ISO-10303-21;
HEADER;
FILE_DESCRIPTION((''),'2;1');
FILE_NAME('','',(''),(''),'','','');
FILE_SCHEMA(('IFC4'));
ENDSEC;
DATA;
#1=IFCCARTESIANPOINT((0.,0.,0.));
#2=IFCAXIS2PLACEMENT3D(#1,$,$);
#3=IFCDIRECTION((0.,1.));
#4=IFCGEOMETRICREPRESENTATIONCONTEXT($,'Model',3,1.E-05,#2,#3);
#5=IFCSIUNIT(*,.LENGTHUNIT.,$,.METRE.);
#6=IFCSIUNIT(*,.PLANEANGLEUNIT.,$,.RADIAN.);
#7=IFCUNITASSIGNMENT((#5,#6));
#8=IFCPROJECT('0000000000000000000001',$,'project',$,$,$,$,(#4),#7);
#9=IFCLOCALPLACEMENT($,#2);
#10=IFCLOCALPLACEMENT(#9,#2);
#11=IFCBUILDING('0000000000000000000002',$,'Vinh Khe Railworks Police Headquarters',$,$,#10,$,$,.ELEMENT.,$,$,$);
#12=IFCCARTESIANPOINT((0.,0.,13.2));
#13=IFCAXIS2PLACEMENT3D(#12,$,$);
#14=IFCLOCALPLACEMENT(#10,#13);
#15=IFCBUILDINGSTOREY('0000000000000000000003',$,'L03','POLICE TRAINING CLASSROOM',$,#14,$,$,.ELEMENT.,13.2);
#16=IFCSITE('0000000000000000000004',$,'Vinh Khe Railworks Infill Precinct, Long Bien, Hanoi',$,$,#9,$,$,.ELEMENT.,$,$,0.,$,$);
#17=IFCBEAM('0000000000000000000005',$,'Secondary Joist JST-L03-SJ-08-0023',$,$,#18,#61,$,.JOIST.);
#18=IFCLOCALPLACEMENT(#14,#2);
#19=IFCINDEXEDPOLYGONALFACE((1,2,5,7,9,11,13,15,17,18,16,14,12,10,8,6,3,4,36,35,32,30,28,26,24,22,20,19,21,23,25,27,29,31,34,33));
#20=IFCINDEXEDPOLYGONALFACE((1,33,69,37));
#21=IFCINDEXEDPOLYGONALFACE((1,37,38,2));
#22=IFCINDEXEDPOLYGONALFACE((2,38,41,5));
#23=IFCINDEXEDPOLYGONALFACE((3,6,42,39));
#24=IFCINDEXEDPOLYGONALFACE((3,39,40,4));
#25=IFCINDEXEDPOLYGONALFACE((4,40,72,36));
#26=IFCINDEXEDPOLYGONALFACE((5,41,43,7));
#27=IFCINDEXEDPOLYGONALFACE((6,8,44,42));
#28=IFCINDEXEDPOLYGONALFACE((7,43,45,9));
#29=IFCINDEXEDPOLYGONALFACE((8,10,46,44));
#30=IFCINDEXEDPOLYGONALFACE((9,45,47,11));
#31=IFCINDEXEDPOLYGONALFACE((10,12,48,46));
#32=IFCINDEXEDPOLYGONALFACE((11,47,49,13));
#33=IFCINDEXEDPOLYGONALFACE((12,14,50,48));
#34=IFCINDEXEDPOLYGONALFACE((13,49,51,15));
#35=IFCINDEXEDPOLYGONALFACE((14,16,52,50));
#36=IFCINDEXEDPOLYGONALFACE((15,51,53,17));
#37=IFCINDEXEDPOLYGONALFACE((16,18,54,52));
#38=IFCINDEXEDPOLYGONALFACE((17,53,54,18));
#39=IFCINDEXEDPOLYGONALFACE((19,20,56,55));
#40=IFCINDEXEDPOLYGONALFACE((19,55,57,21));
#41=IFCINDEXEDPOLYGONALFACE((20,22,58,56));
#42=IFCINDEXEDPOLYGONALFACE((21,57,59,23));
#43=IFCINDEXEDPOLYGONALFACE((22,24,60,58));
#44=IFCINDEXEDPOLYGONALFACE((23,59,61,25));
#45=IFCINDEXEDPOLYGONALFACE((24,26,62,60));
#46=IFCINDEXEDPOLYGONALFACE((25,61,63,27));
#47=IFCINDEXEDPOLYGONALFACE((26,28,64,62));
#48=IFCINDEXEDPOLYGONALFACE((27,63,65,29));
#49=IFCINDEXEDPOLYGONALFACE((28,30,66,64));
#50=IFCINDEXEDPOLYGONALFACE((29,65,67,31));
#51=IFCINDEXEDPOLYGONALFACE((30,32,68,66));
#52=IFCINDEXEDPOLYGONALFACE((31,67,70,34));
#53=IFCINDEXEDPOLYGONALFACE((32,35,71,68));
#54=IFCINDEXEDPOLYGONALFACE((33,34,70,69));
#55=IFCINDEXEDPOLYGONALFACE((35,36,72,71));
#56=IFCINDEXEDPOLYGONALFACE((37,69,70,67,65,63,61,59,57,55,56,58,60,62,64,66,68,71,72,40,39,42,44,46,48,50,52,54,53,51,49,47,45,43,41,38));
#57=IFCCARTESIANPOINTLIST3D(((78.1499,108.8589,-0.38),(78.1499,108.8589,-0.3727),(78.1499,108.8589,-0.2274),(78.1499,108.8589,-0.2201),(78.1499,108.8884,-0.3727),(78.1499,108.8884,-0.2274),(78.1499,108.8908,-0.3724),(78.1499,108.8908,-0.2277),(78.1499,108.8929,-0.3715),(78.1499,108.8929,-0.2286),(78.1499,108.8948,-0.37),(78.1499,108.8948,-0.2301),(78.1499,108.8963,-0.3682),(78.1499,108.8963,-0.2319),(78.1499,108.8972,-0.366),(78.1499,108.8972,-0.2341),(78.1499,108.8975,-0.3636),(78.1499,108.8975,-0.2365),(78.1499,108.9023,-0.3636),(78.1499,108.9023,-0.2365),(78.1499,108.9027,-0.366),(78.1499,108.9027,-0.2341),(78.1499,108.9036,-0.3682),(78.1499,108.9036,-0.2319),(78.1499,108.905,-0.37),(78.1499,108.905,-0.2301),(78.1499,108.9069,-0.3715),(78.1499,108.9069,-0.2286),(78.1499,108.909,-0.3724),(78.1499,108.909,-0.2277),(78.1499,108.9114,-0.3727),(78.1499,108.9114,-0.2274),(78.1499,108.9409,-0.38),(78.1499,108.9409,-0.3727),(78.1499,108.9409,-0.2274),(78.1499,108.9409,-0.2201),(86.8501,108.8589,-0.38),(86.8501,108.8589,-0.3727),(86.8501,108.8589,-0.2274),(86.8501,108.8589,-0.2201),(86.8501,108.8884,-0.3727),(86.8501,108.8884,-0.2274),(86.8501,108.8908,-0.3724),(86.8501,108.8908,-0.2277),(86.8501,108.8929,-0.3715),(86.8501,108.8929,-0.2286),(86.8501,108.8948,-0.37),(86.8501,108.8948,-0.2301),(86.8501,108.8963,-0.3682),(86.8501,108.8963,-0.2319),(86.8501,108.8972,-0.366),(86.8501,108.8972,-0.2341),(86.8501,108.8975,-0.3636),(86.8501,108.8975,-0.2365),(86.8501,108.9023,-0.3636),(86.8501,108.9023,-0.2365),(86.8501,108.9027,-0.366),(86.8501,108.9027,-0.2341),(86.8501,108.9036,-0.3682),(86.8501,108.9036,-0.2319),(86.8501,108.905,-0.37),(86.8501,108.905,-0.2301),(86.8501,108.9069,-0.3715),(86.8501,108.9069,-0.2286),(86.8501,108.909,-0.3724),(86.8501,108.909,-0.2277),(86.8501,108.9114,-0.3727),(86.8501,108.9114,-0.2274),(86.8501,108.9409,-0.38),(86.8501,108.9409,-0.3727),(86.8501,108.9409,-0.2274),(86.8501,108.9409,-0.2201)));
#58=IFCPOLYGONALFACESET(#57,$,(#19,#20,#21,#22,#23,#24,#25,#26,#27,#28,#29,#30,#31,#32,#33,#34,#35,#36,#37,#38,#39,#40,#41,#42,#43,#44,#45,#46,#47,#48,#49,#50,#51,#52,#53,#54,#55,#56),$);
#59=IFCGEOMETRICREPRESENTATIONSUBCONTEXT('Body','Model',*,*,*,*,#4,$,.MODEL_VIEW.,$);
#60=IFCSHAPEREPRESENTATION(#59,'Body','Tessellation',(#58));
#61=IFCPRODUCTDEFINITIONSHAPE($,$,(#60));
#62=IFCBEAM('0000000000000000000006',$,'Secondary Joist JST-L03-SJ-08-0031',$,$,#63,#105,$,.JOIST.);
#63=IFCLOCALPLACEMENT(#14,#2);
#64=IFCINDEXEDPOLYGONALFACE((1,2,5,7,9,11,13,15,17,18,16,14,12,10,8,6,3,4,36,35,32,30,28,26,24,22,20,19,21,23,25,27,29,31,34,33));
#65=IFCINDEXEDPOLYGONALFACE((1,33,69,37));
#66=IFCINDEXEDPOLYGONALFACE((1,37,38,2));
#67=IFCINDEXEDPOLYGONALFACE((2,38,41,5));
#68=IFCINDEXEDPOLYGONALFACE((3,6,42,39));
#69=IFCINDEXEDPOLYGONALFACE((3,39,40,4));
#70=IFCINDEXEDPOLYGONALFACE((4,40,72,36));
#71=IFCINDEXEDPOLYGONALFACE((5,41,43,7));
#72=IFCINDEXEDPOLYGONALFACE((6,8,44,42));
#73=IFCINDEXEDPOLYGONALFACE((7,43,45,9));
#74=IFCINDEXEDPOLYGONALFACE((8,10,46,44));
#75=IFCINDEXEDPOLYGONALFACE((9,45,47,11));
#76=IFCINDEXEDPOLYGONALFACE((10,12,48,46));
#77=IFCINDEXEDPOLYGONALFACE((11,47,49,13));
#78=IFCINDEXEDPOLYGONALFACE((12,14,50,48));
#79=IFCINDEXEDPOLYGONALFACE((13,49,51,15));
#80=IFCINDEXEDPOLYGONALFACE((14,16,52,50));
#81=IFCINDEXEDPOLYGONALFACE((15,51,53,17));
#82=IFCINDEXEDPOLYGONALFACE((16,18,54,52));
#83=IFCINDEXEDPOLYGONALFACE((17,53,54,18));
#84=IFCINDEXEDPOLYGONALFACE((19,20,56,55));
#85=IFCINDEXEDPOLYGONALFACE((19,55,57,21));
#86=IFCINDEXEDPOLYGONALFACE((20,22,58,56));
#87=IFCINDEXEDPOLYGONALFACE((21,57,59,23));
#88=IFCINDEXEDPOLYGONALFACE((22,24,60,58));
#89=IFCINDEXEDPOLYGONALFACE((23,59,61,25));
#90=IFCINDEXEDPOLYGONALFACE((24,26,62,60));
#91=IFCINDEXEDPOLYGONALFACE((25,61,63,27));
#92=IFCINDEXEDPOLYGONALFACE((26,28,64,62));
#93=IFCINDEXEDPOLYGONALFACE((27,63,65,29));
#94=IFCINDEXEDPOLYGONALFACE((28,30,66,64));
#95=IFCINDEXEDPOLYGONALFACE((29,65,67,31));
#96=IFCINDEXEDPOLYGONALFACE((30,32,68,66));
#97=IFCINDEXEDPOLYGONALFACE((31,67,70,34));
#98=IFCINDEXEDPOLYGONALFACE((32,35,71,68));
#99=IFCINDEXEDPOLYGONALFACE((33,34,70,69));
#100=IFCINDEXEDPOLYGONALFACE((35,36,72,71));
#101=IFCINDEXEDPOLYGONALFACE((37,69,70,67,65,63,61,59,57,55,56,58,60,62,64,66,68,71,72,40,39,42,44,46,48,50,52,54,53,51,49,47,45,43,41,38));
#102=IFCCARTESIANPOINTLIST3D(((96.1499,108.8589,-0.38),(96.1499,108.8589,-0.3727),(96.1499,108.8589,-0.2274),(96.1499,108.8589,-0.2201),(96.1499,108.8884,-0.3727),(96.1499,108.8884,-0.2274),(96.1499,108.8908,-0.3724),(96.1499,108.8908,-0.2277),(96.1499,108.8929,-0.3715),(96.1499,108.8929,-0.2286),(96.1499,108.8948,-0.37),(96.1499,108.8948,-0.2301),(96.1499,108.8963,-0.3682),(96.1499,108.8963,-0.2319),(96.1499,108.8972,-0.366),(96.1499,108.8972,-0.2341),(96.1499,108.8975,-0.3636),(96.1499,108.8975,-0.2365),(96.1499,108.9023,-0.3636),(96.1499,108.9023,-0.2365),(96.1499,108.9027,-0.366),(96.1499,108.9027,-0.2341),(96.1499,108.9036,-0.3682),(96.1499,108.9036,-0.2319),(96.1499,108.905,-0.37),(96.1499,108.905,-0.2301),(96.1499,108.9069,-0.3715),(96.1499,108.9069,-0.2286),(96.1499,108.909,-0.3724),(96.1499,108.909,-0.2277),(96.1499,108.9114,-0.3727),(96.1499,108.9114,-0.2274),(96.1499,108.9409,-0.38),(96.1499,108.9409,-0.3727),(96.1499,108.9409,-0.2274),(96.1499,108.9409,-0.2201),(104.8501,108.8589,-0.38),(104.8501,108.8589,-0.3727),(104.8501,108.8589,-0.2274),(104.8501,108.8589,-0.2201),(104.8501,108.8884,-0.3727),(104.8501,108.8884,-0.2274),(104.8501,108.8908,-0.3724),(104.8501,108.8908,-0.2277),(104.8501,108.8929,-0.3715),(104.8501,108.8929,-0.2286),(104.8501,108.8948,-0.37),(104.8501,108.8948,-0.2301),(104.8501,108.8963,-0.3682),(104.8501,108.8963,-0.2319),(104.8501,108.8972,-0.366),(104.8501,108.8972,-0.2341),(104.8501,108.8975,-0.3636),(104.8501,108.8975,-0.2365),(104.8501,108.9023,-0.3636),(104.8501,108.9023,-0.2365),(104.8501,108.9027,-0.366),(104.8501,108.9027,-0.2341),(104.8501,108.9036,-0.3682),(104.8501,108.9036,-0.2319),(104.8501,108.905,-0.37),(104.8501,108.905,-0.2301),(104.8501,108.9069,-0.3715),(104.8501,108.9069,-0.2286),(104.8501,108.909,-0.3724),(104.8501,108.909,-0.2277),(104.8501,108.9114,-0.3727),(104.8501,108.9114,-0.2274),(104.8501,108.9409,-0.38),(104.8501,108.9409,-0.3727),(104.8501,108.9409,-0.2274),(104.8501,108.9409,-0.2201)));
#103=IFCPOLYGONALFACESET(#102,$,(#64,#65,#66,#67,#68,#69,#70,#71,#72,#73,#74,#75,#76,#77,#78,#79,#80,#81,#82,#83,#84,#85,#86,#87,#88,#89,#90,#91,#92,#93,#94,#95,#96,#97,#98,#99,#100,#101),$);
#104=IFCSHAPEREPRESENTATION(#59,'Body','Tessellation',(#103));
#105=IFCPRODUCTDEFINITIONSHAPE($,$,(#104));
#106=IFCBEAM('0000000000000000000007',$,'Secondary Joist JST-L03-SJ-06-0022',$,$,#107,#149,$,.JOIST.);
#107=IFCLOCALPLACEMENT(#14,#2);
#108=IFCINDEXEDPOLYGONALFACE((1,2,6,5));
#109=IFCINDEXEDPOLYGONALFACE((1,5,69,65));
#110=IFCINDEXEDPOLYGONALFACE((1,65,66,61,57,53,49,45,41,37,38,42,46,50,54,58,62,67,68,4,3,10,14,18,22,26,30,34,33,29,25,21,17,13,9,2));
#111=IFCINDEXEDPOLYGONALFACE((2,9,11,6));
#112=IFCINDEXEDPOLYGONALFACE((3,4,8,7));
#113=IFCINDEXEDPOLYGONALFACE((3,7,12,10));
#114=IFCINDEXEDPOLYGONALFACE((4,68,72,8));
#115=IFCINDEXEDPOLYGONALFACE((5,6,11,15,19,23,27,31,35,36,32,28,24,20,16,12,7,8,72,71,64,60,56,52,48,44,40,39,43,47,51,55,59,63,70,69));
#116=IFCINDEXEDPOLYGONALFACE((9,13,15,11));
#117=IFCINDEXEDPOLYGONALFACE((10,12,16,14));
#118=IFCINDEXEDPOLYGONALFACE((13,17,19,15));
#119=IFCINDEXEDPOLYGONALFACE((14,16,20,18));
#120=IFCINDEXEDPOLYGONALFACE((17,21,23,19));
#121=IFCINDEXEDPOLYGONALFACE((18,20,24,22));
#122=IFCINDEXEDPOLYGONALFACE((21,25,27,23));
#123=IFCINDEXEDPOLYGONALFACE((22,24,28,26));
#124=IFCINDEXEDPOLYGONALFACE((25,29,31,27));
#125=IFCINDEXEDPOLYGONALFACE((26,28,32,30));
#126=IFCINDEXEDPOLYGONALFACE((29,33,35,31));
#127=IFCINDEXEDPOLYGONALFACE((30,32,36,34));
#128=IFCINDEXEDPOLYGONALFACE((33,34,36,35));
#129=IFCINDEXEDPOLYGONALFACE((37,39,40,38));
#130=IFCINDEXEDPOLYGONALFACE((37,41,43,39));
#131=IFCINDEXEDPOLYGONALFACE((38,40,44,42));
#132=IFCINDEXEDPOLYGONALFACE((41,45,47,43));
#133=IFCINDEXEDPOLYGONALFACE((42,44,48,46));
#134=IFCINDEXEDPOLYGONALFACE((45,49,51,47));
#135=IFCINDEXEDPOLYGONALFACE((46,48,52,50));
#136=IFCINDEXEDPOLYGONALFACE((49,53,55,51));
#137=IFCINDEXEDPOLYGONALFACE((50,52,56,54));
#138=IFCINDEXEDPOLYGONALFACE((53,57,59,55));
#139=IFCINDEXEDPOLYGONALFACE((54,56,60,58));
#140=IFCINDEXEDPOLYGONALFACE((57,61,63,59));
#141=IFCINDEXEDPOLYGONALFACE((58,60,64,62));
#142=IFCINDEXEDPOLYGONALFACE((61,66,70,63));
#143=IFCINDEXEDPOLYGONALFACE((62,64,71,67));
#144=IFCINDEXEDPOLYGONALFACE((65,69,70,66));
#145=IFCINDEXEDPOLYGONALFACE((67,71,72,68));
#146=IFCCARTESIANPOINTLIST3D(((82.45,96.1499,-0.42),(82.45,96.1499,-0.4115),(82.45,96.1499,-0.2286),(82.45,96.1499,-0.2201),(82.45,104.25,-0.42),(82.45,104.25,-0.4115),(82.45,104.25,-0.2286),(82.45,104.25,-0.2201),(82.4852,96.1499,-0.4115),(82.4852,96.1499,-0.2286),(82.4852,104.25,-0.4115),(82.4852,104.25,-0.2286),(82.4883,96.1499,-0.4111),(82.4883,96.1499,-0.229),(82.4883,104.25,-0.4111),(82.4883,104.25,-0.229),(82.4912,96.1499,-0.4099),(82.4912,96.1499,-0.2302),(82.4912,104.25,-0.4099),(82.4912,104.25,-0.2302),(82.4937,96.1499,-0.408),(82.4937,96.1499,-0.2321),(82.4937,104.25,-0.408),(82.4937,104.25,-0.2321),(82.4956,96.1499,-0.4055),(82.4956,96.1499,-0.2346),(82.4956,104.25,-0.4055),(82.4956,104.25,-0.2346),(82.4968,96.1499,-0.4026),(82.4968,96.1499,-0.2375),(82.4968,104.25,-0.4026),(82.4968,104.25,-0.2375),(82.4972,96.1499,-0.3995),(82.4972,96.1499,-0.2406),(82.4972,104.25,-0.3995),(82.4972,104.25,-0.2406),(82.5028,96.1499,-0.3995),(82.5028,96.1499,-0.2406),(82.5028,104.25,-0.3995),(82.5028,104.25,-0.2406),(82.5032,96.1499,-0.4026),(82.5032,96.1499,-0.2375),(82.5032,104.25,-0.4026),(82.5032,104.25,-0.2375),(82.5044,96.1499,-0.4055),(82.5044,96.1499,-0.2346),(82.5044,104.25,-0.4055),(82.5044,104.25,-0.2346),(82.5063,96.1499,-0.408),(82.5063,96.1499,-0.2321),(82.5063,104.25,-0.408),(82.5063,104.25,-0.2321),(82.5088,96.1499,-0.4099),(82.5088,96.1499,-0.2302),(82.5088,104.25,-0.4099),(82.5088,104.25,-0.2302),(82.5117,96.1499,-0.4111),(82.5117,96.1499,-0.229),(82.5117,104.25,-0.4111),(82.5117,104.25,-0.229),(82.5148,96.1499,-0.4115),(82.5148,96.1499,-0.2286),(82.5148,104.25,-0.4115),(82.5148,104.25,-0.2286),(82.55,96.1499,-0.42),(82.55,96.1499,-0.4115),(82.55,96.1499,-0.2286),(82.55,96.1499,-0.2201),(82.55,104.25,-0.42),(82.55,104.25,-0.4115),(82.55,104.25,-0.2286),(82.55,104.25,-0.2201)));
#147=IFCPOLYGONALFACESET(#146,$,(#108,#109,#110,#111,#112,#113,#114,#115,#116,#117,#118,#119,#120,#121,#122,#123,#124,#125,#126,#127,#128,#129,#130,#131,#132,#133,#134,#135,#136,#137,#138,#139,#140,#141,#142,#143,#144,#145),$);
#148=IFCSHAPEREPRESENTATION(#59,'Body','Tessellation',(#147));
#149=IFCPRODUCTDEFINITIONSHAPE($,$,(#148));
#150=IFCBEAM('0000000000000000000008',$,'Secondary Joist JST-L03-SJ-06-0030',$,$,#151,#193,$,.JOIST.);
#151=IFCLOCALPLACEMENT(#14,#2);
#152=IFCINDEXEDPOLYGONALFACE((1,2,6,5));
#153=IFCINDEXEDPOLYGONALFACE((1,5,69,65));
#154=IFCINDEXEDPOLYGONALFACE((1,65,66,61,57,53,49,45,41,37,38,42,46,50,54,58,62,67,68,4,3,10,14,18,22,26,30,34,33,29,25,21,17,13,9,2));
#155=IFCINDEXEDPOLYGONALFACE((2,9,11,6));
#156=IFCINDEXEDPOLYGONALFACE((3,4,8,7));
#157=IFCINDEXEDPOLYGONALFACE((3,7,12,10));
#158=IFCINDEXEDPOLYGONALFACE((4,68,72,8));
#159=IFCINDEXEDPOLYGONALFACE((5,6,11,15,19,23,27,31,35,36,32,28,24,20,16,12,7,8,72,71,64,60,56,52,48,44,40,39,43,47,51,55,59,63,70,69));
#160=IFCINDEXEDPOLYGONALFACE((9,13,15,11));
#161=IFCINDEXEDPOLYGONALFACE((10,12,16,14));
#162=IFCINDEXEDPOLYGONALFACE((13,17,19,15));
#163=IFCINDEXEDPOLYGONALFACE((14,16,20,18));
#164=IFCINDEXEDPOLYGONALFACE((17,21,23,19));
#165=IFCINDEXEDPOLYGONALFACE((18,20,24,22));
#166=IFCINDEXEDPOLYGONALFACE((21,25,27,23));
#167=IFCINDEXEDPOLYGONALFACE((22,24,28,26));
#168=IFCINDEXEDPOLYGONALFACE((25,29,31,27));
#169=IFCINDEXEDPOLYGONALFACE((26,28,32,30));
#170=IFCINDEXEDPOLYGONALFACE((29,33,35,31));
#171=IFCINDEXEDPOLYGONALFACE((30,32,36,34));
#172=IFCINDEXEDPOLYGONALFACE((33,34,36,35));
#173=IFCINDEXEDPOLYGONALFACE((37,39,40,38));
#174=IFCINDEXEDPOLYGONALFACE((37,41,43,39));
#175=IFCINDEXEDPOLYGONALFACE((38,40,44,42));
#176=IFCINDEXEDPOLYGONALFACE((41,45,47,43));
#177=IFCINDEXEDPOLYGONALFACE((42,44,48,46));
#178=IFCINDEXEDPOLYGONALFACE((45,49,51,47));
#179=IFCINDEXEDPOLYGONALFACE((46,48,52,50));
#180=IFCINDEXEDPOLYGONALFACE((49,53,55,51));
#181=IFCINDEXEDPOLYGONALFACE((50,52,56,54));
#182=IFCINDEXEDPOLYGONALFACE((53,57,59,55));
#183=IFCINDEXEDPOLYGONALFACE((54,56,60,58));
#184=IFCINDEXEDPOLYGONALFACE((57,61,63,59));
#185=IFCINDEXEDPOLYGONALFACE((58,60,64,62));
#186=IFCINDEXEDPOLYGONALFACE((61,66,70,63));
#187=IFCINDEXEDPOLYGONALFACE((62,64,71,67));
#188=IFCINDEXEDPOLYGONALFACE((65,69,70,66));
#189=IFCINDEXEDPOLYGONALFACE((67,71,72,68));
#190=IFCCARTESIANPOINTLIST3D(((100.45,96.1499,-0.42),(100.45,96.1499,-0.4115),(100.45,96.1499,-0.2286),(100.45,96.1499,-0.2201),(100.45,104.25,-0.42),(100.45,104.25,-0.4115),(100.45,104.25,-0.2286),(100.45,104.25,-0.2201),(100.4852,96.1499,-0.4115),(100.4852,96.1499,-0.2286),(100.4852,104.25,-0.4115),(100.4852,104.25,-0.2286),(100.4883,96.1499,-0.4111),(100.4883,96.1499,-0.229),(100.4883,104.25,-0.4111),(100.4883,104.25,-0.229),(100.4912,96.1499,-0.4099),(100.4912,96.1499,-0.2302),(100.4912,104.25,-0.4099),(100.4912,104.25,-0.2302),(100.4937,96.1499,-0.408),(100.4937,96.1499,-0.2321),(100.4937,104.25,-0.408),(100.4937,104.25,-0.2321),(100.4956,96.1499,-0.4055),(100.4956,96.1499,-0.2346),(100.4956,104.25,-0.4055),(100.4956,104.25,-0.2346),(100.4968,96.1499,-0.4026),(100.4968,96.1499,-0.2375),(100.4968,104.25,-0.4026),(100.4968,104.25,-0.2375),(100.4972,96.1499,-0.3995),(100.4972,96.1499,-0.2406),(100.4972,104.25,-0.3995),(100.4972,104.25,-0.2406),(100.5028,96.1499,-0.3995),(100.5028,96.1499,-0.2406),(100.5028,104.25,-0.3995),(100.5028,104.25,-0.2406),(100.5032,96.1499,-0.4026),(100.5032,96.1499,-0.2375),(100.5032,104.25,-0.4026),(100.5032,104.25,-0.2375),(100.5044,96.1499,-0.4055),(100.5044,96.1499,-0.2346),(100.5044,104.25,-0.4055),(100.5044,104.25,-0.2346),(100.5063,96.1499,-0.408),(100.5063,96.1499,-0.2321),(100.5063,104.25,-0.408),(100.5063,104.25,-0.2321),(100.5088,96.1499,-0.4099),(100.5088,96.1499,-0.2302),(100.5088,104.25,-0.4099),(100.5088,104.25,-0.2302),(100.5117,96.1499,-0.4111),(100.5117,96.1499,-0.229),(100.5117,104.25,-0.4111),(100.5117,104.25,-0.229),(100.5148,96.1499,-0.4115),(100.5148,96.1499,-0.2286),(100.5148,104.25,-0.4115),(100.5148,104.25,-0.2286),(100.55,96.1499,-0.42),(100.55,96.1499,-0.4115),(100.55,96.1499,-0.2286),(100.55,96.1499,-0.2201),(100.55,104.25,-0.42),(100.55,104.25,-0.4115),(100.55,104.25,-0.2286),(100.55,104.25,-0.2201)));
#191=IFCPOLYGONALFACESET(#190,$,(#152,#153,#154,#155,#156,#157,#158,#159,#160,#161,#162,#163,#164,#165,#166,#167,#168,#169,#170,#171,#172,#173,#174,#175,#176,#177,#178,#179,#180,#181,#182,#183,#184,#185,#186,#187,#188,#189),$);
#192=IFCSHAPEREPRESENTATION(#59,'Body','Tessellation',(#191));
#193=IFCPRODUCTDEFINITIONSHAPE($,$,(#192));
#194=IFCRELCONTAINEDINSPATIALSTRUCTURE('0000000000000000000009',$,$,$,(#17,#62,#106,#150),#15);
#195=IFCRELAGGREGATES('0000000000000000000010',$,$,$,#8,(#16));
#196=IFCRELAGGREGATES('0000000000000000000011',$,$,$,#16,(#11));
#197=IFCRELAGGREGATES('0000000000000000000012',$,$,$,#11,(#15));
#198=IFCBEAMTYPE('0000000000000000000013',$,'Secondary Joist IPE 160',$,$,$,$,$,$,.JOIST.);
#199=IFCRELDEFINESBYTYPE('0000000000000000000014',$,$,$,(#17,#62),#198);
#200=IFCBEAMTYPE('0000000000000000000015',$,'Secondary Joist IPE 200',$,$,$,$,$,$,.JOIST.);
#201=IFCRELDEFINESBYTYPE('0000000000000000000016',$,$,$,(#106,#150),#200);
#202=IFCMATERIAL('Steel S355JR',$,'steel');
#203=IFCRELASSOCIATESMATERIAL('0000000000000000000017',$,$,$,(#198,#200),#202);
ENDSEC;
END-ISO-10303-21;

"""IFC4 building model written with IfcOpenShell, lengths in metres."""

from ifc_helpers import new_model, si_unit, direction, frame, origin, origin_2d, place, context, subcontext, project, spatial, i_section, extrude, material, material_profile, profile_set, type_object, element, save


model = new_model("IFC4")

# Units and contexts
model_context = context("Model", 3, precision=1e-05, world=origin(), true_north=direction((0.0, 1.0)))
body_context = subcontext(model_context, "Body", "Model", "MODEL_VIEW")
ifc_project = project(units=[si_unit("LENGTHUNIT", "METRE"), si_unit("PLANEANGLEUNIT", "RADIAN")], contexts=[model_context])

# Site, building, storey
site_placement = place(None, origin())
site = spatial("IfcSite", under=ifc_project, at=site_placement, Name="Vinh Khe Railworks Infill Precinct, Long Bien, Hanoi", CompositionType="ELEMENT", RefElevation=0.0)
building_placement = place(site_placement, origin())
building = spatial("IfcBuilding", under=site, at=building_placement, Name="Vinh Khe Railworks Police Headquarters", CompositionType="ELEMENT")
storey_placement = place(building_placement, frame((0.0, 0.0, 13.2)))
storey = spatial("IfcBuildingStorey", under=building, at=storey_placement, Name="L03", Description="POLICE TRAINING CLASSROOM", CompositionType="ELEMENT", Elevation=13.2)

# Beams
ifc_material_1 = material(Name="Steel S355JR", Category="steel")
ifc_material_profile_1 = material_profile(ifc_material_1, i_section(OverallWidth=0.082, OverallDepth=0.1599, WebThickness=0.0049, FlangeThickness=0.0073, FilletRadius=0.009, at=origin_2d()), Name="IPE 160")
ifc_profile_set_1 = profile_set([ifc_material_profile_1], Name="Steel S355JR")
beam_type_1 = type_object("IfcBeamType", Name="Secondary Joist IPE 160", PredefinedType="JOIST", material=ifc_profile_set_1)
for number, where, z_axis, x_axis, name in (
    (1, (78.1499, 108.8999, -0.3), (1.0, 0.0, 0.0), (0.0, 1.0, 0.0), "Secondary Joist JST-L03-SJ-08-0023"),
    (2, (96.1499, 108.8999, -0.3), (1.0, 0.0, 0.0), (0.0, 1.0, 0.0), "Secondary Joist JST-L03-SJ-08-0031"),
):
    element("IfcBeam", number, at=place(storey_placement, frame(where, z_axis=z_axis, x_axis=x_axis)), inside=storey, type_object=beam_type_1, Name=name, PredefinedType="JOIST", context=body_context, shape_type="SweptSolid", body=[
        extrude(i_section(OverallWidth=0.082, OverallDepth=0.1599, WebThickness=0.0049, FlangeThickness=0.0073, FilletRadius=0.009, at=origin_2d()), origin(), (0.0, 0.0, 1.0), 8.7002),
    ])
ifc_material_profile_2 = material_profile(ifc_material_1, i_section(OverallWidth=0.1001, OverallDepth=0.2, WebThickness=0.0056, FlangeThickness=0.0085, FilletRadius=0.012, at=origin_2d()), Name="IPE 200")
ifc_profile_set_2 = profile_set([ifc_material_profile_2], Name="Steel S355JR")
beam_type_2 = type_object("IfcBeamType", Name="Secondary Joist IPE 200", PredefinedType="JOIST", material=ifc_profile_set_2)
for number, where, z_axis, x_axis, name in (
    (3, (82.5, 96.1499, -0.3201), (0.0, 1.0, 0.0), (-1.0, 0.0, 0.0), "Secondary Joist JST-L03-SJ-06-0022"),
    (4, (100.5, 96.1499, -0.3201), (0.0, 1.0, 0.0), (-1.0, 0.0, 0.0), "Secondary Joist JST-L03-SJ-06-0030"),
):
    element("IfcBeam", number, at=place(storey_placement, frame(where, z_axis=z_axis, x_axis=x_axis)), inside=storey, type_object=beam_type_2, Name=name, PredefinedType="JOIST", context=body_context, shape_type="SweptSolid", body=[
        extrude(i_section(OverallWidth=0.1001, OverallDepth=0.2, WebThickness=0.0056, FlangeThickness=0.0085, FilletRadius=0.012, at=origin_2d()), origin(), (0.0, 0.0, 1.0), 8.1001),
    ])

save(model, "model.ifc")
